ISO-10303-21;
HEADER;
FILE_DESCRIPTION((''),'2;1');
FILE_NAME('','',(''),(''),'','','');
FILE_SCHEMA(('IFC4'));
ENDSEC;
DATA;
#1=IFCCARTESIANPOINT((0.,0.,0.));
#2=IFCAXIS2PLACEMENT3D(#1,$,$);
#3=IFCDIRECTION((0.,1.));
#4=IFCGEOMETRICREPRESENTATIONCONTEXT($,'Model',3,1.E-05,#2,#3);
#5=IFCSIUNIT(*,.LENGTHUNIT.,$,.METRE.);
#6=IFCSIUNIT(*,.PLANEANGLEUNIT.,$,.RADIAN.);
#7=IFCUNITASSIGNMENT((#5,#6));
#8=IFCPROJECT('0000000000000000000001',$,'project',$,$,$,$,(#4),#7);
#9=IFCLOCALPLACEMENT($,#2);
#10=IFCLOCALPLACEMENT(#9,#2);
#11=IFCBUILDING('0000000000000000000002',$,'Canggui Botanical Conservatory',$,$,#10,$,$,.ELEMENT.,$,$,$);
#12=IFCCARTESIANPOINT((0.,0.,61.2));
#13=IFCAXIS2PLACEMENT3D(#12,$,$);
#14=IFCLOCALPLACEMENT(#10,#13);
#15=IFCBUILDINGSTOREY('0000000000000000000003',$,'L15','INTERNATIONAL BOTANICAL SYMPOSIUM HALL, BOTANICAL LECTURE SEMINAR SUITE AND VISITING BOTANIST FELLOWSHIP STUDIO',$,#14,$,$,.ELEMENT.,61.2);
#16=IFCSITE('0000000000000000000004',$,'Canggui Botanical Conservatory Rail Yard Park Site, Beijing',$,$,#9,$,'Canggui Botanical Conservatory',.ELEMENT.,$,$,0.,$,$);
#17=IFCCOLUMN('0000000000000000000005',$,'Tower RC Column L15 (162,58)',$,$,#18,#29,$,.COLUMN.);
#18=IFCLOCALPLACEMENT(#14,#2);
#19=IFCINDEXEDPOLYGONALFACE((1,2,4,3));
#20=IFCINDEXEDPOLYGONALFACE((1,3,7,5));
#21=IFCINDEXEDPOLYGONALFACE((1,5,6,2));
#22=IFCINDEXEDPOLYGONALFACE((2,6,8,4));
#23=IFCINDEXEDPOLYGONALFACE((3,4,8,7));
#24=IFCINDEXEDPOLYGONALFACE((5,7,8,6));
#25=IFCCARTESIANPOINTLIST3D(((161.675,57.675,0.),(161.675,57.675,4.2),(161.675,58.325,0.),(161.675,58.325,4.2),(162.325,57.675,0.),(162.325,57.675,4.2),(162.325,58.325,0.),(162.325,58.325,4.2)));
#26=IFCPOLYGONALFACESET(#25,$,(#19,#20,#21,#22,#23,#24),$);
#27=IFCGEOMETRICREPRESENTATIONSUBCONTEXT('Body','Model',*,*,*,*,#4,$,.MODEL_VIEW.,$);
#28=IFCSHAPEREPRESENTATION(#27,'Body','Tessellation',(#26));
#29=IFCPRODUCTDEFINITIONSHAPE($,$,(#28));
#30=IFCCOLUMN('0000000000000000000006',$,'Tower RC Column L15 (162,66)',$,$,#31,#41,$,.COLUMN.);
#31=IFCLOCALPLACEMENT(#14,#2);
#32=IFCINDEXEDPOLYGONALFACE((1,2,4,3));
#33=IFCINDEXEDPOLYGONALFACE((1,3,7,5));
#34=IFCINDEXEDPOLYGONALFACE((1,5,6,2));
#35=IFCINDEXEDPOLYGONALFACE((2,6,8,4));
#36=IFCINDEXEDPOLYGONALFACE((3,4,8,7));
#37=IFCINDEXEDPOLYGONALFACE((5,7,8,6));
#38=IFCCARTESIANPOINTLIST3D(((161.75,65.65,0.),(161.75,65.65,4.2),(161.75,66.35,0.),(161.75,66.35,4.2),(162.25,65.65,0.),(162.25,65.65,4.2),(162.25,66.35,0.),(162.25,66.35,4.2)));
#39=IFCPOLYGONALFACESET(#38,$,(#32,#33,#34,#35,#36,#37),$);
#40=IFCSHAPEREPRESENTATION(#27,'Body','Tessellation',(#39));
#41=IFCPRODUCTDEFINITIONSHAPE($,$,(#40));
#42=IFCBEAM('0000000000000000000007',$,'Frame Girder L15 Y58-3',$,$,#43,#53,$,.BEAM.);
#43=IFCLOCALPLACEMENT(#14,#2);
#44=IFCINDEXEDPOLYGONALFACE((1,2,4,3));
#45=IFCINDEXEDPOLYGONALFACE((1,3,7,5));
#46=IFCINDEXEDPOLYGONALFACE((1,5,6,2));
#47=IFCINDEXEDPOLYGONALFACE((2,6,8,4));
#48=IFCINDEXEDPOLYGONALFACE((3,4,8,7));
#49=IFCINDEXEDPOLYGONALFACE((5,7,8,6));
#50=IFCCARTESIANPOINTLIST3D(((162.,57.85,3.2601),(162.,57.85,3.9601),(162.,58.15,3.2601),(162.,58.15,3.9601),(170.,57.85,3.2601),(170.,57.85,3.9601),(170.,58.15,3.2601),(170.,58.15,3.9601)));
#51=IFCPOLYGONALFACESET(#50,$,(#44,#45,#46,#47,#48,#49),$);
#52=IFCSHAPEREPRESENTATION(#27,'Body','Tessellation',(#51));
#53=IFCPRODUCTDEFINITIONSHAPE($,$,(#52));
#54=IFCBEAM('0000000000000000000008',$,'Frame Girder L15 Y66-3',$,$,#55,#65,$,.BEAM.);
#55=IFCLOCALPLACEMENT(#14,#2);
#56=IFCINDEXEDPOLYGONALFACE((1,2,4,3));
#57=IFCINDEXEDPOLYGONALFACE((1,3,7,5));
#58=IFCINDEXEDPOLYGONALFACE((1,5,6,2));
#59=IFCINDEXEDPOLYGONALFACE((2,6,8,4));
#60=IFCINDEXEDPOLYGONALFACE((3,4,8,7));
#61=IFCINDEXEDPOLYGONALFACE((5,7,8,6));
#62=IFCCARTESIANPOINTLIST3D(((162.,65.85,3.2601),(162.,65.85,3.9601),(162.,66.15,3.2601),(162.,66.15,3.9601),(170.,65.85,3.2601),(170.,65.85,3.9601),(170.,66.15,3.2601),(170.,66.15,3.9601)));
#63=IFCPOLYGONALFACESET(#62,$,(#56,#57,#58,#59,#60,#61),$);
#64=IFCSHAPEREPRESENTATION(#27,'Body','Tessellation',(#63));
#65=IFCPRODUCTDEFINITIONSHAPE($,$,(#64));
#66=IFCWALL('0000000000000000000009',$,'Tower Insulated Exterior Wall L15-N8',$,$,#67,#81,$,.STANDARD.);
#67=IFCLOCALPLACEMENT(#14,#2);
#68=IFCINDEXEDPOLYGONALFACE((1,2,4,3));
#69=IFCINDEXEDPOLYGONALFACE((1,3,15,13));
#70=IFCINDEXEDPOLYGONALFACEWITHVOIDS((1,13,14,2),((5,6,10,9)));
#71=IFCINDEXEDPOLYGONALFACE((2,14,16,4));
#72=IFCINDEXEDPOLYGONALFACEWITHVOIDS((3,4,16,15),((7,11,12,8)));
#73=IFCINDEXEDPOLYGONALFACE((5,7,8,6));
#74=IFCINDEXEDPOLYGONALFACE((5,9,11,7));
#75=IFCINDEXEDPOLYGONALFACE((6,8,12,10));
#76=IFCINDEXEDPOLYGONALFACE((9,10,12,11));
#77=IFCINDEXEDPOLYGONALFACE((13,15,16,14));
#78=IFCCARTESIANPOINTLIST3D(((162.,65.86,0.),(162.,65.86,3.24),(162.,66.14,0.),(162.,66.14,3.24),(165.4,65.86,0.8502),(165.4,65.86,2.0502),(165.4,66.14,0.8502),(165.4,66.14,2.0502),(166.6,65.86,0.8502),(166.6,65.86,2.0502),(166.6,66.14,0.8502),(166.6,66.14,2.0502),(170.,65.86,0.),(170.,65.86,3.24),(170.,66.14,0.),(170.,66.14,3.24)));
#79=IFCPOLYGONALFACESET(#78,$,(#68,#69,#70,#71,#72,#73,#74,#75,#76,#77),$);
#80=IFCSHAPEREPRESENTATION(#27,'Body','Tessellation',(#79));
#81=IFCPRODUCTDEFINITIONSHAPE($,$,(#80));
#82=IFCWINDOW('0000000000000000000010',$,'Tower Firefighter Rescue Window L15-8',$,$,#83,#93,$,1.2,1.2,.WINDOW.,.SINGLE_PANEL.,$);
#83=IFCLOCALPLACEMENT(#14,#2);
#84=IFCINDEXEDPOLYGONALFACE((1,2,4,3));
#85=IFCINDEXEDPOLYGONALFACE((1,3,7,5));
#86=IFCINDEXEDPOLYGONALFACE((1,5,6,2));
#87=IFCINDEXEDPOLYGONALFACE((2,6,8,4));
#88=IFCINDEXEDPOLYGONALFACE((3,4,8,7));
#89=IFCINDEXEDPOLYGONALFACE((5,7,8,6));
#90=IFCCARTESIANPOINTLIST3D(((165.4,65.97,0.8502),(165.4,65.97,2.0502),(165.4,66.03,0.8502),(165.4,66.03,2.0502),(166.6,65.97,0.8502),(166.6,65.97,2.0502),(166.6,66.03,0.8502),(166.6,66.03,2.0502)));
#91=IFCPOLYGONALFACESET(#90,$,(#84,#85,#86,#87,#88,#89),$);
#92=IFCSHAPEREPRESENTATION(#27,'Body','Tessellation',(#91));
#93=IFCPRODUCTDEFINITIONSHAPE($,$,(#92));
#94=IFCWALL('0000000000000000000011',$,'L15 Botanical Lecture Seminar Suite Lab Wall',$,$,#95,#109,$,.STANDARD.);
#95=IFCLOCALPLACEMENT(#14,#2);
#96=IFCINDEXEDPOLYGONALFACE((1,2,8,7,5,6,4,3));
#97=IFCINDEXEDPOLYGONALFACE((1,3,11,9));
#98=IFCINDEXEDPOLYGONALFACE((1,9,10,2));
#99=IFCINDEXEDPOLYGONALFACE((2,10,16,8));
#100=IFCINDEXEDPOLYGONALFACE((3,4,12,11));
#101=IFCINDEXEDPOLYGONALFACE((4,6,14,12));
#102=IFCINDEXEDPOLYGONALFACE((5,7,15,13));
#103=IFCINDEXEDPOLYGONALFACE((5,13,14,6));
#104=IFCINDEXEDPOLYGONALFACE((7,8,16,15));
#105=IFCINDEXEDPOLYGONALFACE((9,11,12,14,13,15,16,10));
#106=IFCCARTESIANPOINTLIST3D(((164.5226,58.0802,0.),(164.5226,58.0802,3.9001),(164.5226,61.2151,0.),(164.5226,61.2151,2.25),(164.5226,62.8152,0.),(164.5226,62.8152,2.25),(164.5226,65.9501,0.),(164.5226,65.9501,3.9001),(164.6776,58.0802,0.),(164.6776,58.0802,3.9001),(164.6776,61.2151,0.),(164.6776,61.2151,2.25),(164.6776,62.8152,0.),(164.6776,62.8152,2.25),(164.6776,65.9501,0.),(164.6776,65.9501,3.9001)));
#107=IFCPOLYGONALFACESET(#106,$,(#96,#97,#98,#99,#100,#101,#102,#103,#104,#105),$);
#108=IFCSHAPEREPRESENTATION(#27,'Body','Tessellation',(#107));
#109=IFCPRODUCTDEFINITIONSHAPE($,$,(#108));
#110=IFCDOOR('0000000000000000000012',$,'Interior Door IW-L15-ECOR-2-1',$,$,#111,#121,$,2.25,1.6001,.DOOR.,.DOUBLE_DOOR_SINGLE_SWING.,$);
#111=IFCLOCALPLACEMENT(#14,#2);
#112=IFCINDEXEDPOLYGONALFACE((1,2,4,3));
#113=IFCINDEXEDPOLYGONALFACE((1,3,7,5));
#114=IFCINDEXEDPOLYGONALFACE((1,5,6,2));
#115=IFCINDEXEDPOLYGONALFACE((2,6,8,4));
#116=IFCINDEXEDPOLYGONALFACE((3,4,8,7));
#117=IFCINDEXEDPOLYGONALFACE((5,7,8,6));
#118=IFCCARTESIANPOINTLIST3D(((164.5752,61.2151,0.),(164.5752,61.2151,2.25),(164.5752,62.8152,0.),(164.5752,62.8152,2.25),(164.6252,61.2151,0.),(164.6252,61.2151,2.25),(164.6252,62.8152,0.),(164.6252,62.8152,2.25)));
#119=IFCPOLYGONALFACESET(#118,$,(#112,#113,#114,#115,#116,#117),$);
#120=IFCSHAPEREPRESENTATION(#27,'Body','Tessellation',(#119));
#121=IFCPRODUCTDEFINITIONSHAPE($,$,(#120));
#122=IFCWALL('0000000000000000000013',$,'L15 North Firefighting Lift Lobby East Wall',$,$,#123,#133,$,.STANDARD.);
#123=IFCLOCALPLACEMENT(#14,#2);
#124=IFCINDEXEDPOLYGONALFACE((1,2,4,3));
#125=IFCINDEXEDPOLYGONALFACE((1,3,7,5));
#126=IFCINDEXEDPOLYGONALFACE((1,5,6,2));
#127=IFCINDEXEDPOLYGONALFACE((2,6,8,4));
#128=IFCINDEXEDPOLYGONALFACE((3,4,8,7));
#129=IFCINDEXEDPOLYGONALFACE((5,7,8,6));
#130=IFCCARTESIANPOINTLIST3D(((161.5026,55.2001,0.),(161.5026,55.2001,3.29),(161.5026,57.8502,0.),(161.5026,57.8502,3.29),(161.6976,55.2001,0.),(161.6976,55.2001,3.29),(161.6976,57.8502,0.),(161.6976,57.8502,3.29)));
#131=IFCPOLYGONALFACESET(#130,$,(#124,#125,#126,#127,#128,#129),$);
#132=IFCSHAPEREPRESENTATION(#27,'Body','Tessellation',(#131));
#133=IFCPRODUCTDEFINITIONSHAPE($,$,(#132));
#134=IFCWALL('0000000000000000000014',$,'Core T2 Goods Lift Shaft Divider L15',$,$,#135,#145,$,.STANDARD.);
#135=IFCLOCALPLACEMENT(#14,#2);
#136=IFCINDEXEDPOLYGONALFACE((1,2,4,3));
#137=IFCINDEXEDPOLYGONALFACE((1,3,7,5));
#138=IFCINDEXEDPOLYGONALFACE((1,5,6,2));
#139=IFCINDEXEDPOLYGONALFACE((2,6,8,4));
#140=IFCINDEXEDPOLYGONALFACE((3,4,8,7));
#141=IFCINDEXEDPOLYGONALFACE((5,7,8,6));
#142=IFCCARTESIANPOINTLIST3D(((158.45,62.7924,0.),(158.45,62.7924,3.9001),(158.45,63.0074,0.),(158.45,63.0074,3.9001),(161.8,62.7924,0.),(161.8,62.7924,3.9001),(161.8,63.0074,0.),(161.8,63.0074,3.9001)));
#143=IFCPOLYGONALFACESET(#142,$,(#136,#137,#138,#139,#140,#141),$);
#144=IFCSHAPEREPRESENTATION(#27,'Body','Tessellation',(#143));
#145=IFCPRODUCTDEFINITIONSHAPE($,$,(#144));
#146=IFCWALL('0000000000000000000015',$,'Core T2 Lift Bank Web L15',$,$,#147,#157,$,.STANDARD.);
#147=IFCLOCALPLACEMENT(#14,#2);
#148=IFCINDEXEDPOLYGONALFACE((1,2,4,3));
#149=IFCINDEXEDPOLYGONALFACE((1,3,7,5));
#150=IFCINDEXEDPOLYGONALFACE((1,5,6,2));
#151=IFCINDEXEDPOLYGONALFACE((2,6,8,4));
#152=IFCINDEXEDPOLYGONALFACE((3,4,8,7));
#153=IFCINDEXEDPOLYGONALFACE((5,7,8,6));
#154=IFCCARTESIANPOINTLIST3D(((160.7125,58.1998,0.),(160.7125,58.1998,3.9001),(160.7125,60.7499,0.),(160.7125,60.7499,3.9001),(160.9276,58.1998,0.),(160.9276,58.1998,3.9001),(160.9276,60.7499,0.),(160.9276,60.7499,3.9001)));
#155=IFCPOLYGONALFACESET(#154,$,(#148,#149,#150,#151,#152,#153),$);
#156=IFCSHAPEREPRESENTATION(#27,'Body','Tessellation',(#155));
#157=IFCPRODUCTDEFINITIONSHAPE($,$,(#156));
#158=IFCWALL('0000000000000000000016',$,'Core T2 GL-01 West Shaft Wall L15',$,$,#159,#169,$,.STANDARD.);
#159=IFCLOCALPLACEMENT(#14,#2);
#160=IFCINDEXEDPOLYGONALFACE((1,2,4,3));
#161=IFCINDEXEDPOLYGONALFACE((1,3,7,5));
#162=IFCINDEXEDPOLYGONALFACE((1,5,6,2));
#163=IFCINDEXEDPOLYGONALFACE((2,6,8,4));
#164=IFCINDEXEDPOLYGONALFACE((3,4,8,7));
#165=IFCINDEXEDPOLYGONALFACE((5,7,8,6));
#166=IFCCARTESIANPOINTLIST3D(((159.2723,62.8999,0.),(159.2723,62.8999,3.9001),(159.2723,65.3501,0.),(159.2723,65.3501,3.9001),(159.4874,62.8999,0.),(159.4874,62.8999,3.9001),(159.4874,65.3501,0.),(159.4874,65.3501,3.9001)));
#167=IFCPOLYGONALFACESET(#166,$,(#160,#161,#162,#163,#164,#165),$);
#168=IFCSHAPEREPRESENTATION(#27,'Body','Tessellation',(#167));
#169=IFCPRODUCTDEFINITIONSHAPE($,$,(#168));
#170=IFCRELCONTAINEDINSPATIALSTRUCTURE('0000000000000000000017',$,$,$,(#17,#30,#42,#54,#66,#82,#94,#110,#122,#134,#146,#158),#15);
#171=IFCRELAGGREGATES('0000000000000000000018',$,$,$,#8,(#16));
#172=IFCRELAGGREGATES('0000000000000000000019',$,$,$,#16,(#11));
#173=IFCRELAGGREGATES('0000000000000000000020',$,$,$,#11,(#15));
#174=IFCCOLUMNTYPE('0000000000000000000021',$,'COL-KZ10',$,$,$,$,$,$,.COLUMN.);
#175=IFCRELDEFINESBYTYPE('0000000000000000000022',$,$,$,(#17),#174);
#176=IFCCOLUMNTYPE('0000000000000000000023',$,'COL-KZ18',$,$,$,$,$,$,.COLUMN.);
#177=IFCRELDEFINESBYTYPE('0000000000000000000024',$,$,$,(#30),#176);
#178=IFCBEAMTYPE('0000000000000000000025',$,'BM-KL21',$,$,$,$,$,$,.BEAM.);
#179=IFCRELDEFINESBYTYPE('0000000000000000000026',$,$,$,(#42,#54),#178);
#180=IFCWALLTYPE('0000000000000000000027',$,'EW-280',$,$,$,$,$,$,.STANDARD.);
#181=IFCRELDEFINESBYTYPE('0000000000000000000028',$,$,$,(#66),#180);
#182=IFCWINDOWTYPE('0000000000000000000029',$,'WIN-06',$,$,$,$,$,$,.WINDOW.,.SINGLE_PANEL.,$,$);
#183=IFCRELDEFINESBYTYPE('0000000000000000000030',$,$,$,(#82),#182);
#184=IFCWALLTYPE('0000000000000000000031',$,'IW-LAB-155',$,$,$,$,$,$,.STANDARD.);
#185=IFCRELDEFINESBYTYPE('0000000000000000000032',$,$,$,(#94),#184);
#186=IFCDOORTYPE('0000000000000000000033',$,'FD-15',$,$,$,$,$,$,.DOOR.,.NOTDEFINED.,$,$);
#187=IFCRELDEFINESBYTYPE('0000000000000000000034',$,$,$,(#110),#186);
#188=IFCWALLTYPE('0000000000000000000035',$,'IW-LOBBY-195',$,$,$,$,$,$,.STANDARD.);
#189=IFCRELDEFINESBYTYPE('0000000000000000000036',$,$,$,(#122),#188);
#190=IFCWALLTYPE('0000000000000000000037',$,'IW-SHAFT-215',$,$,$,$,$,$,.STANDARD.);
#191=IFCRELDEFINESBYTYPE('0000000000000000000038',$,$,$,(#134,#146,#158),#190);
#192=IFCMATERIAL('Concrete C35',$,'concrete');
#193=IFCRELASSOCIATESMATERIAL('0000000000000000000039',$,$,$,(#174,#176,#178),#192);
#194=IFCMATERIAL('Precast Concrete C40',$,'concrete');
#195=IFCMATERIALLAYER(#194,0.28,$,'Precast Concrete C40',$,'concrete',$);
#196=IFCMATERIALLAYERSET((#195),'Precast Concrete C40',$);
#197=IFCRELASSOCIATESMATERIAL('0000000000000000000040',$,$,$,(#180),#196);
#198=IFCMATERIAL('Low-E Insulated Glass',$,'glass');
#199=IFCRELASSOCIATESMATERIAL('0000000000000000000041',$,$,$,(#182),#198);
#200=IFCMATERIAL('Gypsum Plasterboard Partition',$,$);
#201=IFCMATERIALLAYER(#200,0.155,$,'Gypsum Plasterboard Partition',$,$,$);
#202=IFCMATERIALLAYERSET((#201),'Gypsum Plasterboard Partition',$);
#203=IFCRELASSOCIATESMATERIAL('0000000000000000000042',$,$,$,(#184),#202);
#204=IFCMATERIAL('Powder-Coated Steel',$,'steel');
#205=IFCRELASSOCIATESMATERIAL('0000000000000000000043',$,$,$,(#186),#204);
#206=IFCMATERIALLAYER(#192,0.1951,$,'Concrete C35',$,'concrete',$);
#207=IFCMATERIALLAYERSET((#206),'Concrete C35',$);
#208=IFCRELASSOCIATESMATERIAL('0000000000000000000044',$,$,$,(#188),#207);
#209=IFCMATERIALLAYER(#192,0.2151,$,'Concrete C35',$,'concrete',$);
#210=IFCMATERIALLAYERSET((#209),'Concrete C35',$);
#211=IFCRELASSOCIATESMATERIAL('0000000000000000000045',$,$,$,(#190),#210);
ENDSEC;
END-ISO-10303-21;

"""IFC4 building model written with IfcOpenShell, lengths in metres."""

from ifc_helpers import new_model, si_unit, direction, frame, frame_2d, origin, origin_2d, place, context, subcontext, project, spatial, rectangle, extrude, material, layer, layer_set, material_profile, profile_set, type_object, element, fill, save


model = new_model("IFC4")

# Units and contexts
model_context = context("Model", 3, precision=1e-05, world=origin(), true_north=direction((0.0, 1.0)))
body_context = subcontext(model_context, "Body", "Model", "MODEL_VIEW")
ifc_project = project(units=[si_unit("LENGTHUNIT", "METRE"), si_unit("PLANEANGLEUNIT", "RADIAN")], contexts=[model_context])

# Site, building, storey
site_placement = place(None, origin())
site = spatial("IfcSite", under=ifc_project, at=site_placement, Name="Canggui Botanical Conservatory Rail Yard Park Site, Beijing", LongName="Canggui Botanical Conservatory", CompositionType="ELEMENT", RefElevation=0.0)
building_placement = place(site_placement, origin())
building = spatial("IfcBuilding", under=site, at=building_placement, Name="Canggui Botanical Conservatory", CompositionType="ELEMENT")
storey_placement = place(building_placement, frame((0.0, 0.0, 61.2)))
storey = spatial("IfcBuildingStorey", under=building, at=storey_placement, Name="L15", Description="INTERNATIONAL BOTANICAL SYMPOSIUM HALL, BOTANICAL LECTURE SEMINAR SUITE AND VISITING BOTANIST FELLOWSHIP STUDIO", CompositionType="ELEMENT", Elevation=61.2)

# Columns
ifc_material_1 = material(Name="Concrete C35", Category="concrete")
ifc_material_profile_1 = material_profile(ifc_material_1, rectangle(XDim=0.6499, YDim=0.6499, at=origin_2d()), Name="RC 650x650")
ifc_profile_set_1 = profile_set([ifc_material_profile_1], Name="Concrete C35")
column_type_1 = type_object("IfcColumnType", Name="COL-KZ10", PredefinedType="COLUMN", material=ifc_profile_set_1)
column_1_placement = place(storey_placement, frame((162.0, 58.0, 0.0), z_axis=(0.0, 0.0, 1.0), x_axis=(1.0, 0.0, 0.0)))
element("IfcColumn", 1, at=column_1_placement, inside=storey, type_object=column_type_1, Name="Tower RC Column L15 (162,58)", PredefinedType="COLUMN", context=body_context, shape_type="SweptSolid", body=[
    extrude(rectangle(XDim=0.6499, YDim=0.6499, at=origin_2d()), origin(), (0.0, 0.0, 1.0), 4.2),
])
ifc_material_profile_2 = material_profile(ifc_material_1, rectangle(XDim=0.5, YDim=0.7, at=origin_2d()), Name="RC 500x700")
ifc_profile_set_2 = profile_set([ifc_material_profile_2], Name="Concrete C35")
column_type_2 = type_object("IfcColumnType", Name="COL-KZ18", PredefinedType="COLUMN", material=ifc_profile_set_2)
column_2_placement = place(storey_placement, frame((162.0, 66.0, 0.0), z_axis=(0.0, 0.0, 1.0), x_axis=(1.0, 0.0, 0.0)))
element("IfcColumn", 2, at=column_2_placement, inside=storey, type_object=column_type_2, Name="Tower RC Column L15 (162,66)", PredefinedType="COLUMN", context=body_context, shape_type="SweptSolid", body=[
    extrude(rectangle(XDim=0.5, YDim=0.7, at=origin_2d()), origin(), (0.0, 0.0, 1.0), 4.2),
])

# Beams
ifc_material_profile_3 = material_profile(ifc_material_1, rectangle(XDim=0.3, YDim=0.7, at=origin_2d()), Name="RB 300x700")
ifc_profile_set_3 = profile_set([ifc_material_profile_3], Name="Concrete C35")
beam_type = type_object("IfcBeamType", Name="BM-KL21", PredefinedType="BEAM", material=ifc_profile_set_3)
for number, where, z_axis, x_axis, name in (
    (3, (162.0, 58.0, 3.6101), (1.0, 0.0, 0.0), (0.0, 1.0, 0.0), "Frame Girder L15 Y58-3"),
    (4, (162.0, 66.0, 3.6101), (1.0, 0.0, 0.0), (0.0, 1.0, 0.0), "Frame Girder L15 Y66-3"),
):
    element("IfcBeam", number, at=place(storey_placement, frame(where, z_axis=z_axis, x_axis=x_axis)), inside=storey, type_object=beam_type, Name=name, PredefinedType="BEAM", context=body_context, shape_type="SweptSolid", body=[
        extrude(rectangle(XDim=0.3, YDim=0.7, at=origin_2d()), origin(), (0.0, 0.0, 1.0), 8.0),
    ])

# Wall, opening, window
ifc_material_2 = material(Name="Precast Concrete C40", Category="concrete")
ifc_layer_1 = layer(ifc_material_2, 0.28, Name="Precast Concrete C40", Category="concrete")
ifc_layer_set_1 = layer_set([ifc_layer_1], Name="Precast Concrete C40")
wall_type_1 = type_object("IfcWallType", Name="EW-280", PredefinedType="STANDARD", material=ifc_layer_set_1)
wall_1_placement = place(storey_placement, frame((162.0, 66.0, 0.0), z_axis=(0.0, 0.0, 1.0), x_axis=(1.0, 0.0, 0.0)))
wall_1 = element("IfcWall", 5, at=wall_1_placement, inside=storey, type_object=wall_type_1, Name="Tower Insulated Exterior Wall L15-N8", PredefinedType="STANDARD", context=body_context, shape_type="SweptSolid", body=[
    extrude(rectangle(XDim=8.0, YDim=0.28, at=frame_2d((4.0, 0.0))), origin(), (0.0, 0.0, 1.0), 3.24),
])
opening_1_placement = place(wall_1_placement, frame((3.3999, 0.0, 0.8501)))
opening_1 = element("IfcOpeningElement", 6, at=opening_1_placement, cuts=wall_1, PredefinedType="OPENING", context=body_context, shape_type="SweptSolid", body=[
    extrude(rectangle(XDim=1.2, YDim=1.2, at=frame_2d((0.6001, 0.6001))), frame((0.0, 0.1499, 0.0), z_axis=(0.0, -1.0, 0.0), x_axis=(1.0, 0.0, 0.0)), (0.0, 0.0, 1.0), 0.3),
])
ifc_material_3 = material(Name="Low-E Insulated Glass", Category="glass")
window_type = type_object("IfcWindowType", Name="WIN-06", PartitioningType="SINGLE_PANEL", PredefinedType="WINDOW", material=ifc_material_3)
window_placement = place(opening_1_placement, origin())
window = element("IfcWindow", 7, at=window_placement, inside=storey, type_object=window_type, Name="Tower Firefighter Rescue Window L15-8", OverallHeight=1.2, OverallWidth=1.2, PartitioningType="SINGLE_PANEL", PredefinedType="WINDOW", context=body_context, shape_type="SweptSolid", body=[
    extrude(rectangle(XDim=1.2, YDim=1.2, at=frame_2d((0.6001, 0.6001))), frame((0.0, 0.03, 0.0), z_axis=(0.0, -1.0, 0.0), x_axis=(1.0, 0.0, 0.0)), (0.0, 0.0, 1.0), 0.0601),
])
fill(opening_1, window)

# Wall, opening, door
ifc_material_4 = material(Name="Gypsum Plasterboard Partition")
ifc_layer_2 = layer(ifc_material_4, 0.155, Name="Gypsum Plasterboard Partition")
ifc_layer_set_2 = layer_set([ifc_layer_2], Name="Gypsum Plasterboard Partition")
wall_type_2 = type_object("IfcWallType", Name="IW-LAB-155", PredefinedType="STANDARD", material=ifc_layer_set_2)
wall_2_placement = place(storey_placement, frame((164.6001, 58.0801, 0.0), z_axis=(0.0, 0.0, 1.0), x_axis=(0.0, 1.0, 0.0)))
wall_2 = element("IfcWall", 8, at=wall_2_placement, inside=storey, type_object=wall_type_2, Name="L15 Botanical Lecture Seminar Suite Lab Wall", PredefinedType="STANDARD", context=body_context, shape_type="SweptSolid", body=[
    extrude(rectangle(XDim=7.8699, YDim=0.155, at=frame_2d((3.9351, 0.0))), origin(), (0.0, 0.0, 1.0), 3.9001),
])
opening_2_placement = place(wall_2_placement, frame((3.135, 0.0, 0.0)))
opening_2 = element("IfcOpeningElement", 9, at=opening_2_placement, cuts=wall_2, PredefinedType="OPENING", context=body_context, shape_type="SweptSolid", body=[
    extrude(rectangle(XDim=1.6001, YDim=2.25, at=frame_2d((0.8, 1.125))), frame((0.0, 0.0874, 0.0), z_axis=(0.0, -1.0, 0.0), x_axis=(1.0, 0.0, 0.0)), (0.0, 0.0, 1.0), 0.175),
])
ifc_material_5 = material(Name="Powder-Coated Steel", Category="steel")
door_type_1 = type_object("IfcDoorType", Name="FD-15", OperationType="NOTDEFINED", PredefinedType="DOOR", material=ifc_material_5)
door_1_placement = place(opening_2_placement, origin())
door_1 = element("IfcDoor", 10, at=door_1_placement, inside=storey, type_object=door_type_1, Name="Interior Door IW-L15-ECOR-2-1", OperationType="DOUBLE_DOOR_SINGLE_SWING", OverallHeight=2.25, OverallWidth=1.6001, PredefinedType="DOOR", context=body_context, shape_type="SweptSolid", body=[
    extrude(rectangle(XDim=1.6001, YDim=2.25, at=frame_2d((0.8, 1.125))), frame((0.0, 0.0249, 0.0), z_axis=(0.0, -1.0, 0.0), x_axis=(1.0, 0.0, 0.0)), (0.0, 0.0, 1.0), 0.05),
])
fill(opening_2, door_1)

# Walls
ifc_layer_3 = layer(ifc_material_1, 0.1951, Name="Concrete C35", Category="concrete")
ifc_layer_set_3 = layer_set([ifc_layer_3], Name="Concrete C35")
wall_type_3 = type_object("IfcWallType", Name="IW-LOBBY-195", PredefinedType="STANDARD", material=ifc_layer_set_3)
wall_3_placement = place(storey_placement, frame((161.6001, 55.2, 0.0), z_axis=(0.0, 0.0, 1.0), x_axis=(0.0, 1.0, 0.0)))
element("IfcWall", 11, at=wall_3_placement, inside=storey, type_object=wall_type_3, Name="L15 North Firefighting Lift Lobby East Wall", PredefinedType="STANDARD", context=body_context, shape_type="SweptSolid", body=[
    extrude(rectangle(XDim=2.6501, YDim=0.1951, at=frame_2d((1.3252, 0.0))), origin(), (0.0, 0.0, 1.0), 3.29),
])
ifc_layer_4 = layer(ifc_material_1, 0.2151, Name="Concrete C35", Category="concrete")
ifc_layer_set_4 = layer_set([ifc_layer_4], Name="Concrete C35")
wall_type_4 = type_object("IfcWallType", Name="IW-SHAFT-215", PredefinedType="STANDARD", material=ifc_layer_set_4)
wall_4_placement = place(storey_placement, frame((158.45, 62.8999, 0.0), z_axis=(0.0, 0.0, 1.0), x_axis=(1.0, 0.0, 0.0)))
element("IfcWall", 12, at=wall_4_placement, inside=storey, type_object=wall_type_4, Name="Core T2 Goods Lift Shaft Divider L15", PredefinedType="STANDARD", context=body_context, shape_type="SweptSolid", body=[
    extrude(rectangle(XDim=3.3501, YDim=0.2151, at=frame_2d((1.675, 0.0))), origin(), (0.0, 0.0, 1.0), 3.9001),
])
wall_5_placement = place(storey_placement, frame((160.8201, 58.2, 0.0), z_axis=(0.0, 0.0, 1.0), x_axis=(0.0, 1.0, 0.0)))
element("IfcWall", 13, at=wall_5_placement, inside=storey, type_object=wall_type_4, Name="Core T2 Lift Bank Web L15", PredefinedType="STANDARD", context=body_context, shape_type="SweptSolid", body=[
    extrude(rectangle(XDim=2.55, YDim=0.2151, at=frame_2d((1.2749, 0.0))), origin(), (0.0, 0.0, 1.0), 3.9001),
])
wall_6_placement = place(storey_placement, frame((159.3799, 62.8999, 0.0), z_axis=(0.0, 0.0, 1.0), x_axis=(0.0, 1.0, 0.0)))
element("IfcWall", 14, at=wall_6_placement, inside=storey, type_object=wall_type_4, Name="Core T2 GL-01 West Shaft Wall L15", PredefinedType="STANDARD", context=body_context, shape_type="SweptSolid", body=[
    extrude(rectangle(XDim=2.4502, YDim=0.2151, at=frame_2d((1.2251, 0.0))), origin(), (0.0, 0.0, 1.0), 3.9001),
])

save(model, "model.ifc")
